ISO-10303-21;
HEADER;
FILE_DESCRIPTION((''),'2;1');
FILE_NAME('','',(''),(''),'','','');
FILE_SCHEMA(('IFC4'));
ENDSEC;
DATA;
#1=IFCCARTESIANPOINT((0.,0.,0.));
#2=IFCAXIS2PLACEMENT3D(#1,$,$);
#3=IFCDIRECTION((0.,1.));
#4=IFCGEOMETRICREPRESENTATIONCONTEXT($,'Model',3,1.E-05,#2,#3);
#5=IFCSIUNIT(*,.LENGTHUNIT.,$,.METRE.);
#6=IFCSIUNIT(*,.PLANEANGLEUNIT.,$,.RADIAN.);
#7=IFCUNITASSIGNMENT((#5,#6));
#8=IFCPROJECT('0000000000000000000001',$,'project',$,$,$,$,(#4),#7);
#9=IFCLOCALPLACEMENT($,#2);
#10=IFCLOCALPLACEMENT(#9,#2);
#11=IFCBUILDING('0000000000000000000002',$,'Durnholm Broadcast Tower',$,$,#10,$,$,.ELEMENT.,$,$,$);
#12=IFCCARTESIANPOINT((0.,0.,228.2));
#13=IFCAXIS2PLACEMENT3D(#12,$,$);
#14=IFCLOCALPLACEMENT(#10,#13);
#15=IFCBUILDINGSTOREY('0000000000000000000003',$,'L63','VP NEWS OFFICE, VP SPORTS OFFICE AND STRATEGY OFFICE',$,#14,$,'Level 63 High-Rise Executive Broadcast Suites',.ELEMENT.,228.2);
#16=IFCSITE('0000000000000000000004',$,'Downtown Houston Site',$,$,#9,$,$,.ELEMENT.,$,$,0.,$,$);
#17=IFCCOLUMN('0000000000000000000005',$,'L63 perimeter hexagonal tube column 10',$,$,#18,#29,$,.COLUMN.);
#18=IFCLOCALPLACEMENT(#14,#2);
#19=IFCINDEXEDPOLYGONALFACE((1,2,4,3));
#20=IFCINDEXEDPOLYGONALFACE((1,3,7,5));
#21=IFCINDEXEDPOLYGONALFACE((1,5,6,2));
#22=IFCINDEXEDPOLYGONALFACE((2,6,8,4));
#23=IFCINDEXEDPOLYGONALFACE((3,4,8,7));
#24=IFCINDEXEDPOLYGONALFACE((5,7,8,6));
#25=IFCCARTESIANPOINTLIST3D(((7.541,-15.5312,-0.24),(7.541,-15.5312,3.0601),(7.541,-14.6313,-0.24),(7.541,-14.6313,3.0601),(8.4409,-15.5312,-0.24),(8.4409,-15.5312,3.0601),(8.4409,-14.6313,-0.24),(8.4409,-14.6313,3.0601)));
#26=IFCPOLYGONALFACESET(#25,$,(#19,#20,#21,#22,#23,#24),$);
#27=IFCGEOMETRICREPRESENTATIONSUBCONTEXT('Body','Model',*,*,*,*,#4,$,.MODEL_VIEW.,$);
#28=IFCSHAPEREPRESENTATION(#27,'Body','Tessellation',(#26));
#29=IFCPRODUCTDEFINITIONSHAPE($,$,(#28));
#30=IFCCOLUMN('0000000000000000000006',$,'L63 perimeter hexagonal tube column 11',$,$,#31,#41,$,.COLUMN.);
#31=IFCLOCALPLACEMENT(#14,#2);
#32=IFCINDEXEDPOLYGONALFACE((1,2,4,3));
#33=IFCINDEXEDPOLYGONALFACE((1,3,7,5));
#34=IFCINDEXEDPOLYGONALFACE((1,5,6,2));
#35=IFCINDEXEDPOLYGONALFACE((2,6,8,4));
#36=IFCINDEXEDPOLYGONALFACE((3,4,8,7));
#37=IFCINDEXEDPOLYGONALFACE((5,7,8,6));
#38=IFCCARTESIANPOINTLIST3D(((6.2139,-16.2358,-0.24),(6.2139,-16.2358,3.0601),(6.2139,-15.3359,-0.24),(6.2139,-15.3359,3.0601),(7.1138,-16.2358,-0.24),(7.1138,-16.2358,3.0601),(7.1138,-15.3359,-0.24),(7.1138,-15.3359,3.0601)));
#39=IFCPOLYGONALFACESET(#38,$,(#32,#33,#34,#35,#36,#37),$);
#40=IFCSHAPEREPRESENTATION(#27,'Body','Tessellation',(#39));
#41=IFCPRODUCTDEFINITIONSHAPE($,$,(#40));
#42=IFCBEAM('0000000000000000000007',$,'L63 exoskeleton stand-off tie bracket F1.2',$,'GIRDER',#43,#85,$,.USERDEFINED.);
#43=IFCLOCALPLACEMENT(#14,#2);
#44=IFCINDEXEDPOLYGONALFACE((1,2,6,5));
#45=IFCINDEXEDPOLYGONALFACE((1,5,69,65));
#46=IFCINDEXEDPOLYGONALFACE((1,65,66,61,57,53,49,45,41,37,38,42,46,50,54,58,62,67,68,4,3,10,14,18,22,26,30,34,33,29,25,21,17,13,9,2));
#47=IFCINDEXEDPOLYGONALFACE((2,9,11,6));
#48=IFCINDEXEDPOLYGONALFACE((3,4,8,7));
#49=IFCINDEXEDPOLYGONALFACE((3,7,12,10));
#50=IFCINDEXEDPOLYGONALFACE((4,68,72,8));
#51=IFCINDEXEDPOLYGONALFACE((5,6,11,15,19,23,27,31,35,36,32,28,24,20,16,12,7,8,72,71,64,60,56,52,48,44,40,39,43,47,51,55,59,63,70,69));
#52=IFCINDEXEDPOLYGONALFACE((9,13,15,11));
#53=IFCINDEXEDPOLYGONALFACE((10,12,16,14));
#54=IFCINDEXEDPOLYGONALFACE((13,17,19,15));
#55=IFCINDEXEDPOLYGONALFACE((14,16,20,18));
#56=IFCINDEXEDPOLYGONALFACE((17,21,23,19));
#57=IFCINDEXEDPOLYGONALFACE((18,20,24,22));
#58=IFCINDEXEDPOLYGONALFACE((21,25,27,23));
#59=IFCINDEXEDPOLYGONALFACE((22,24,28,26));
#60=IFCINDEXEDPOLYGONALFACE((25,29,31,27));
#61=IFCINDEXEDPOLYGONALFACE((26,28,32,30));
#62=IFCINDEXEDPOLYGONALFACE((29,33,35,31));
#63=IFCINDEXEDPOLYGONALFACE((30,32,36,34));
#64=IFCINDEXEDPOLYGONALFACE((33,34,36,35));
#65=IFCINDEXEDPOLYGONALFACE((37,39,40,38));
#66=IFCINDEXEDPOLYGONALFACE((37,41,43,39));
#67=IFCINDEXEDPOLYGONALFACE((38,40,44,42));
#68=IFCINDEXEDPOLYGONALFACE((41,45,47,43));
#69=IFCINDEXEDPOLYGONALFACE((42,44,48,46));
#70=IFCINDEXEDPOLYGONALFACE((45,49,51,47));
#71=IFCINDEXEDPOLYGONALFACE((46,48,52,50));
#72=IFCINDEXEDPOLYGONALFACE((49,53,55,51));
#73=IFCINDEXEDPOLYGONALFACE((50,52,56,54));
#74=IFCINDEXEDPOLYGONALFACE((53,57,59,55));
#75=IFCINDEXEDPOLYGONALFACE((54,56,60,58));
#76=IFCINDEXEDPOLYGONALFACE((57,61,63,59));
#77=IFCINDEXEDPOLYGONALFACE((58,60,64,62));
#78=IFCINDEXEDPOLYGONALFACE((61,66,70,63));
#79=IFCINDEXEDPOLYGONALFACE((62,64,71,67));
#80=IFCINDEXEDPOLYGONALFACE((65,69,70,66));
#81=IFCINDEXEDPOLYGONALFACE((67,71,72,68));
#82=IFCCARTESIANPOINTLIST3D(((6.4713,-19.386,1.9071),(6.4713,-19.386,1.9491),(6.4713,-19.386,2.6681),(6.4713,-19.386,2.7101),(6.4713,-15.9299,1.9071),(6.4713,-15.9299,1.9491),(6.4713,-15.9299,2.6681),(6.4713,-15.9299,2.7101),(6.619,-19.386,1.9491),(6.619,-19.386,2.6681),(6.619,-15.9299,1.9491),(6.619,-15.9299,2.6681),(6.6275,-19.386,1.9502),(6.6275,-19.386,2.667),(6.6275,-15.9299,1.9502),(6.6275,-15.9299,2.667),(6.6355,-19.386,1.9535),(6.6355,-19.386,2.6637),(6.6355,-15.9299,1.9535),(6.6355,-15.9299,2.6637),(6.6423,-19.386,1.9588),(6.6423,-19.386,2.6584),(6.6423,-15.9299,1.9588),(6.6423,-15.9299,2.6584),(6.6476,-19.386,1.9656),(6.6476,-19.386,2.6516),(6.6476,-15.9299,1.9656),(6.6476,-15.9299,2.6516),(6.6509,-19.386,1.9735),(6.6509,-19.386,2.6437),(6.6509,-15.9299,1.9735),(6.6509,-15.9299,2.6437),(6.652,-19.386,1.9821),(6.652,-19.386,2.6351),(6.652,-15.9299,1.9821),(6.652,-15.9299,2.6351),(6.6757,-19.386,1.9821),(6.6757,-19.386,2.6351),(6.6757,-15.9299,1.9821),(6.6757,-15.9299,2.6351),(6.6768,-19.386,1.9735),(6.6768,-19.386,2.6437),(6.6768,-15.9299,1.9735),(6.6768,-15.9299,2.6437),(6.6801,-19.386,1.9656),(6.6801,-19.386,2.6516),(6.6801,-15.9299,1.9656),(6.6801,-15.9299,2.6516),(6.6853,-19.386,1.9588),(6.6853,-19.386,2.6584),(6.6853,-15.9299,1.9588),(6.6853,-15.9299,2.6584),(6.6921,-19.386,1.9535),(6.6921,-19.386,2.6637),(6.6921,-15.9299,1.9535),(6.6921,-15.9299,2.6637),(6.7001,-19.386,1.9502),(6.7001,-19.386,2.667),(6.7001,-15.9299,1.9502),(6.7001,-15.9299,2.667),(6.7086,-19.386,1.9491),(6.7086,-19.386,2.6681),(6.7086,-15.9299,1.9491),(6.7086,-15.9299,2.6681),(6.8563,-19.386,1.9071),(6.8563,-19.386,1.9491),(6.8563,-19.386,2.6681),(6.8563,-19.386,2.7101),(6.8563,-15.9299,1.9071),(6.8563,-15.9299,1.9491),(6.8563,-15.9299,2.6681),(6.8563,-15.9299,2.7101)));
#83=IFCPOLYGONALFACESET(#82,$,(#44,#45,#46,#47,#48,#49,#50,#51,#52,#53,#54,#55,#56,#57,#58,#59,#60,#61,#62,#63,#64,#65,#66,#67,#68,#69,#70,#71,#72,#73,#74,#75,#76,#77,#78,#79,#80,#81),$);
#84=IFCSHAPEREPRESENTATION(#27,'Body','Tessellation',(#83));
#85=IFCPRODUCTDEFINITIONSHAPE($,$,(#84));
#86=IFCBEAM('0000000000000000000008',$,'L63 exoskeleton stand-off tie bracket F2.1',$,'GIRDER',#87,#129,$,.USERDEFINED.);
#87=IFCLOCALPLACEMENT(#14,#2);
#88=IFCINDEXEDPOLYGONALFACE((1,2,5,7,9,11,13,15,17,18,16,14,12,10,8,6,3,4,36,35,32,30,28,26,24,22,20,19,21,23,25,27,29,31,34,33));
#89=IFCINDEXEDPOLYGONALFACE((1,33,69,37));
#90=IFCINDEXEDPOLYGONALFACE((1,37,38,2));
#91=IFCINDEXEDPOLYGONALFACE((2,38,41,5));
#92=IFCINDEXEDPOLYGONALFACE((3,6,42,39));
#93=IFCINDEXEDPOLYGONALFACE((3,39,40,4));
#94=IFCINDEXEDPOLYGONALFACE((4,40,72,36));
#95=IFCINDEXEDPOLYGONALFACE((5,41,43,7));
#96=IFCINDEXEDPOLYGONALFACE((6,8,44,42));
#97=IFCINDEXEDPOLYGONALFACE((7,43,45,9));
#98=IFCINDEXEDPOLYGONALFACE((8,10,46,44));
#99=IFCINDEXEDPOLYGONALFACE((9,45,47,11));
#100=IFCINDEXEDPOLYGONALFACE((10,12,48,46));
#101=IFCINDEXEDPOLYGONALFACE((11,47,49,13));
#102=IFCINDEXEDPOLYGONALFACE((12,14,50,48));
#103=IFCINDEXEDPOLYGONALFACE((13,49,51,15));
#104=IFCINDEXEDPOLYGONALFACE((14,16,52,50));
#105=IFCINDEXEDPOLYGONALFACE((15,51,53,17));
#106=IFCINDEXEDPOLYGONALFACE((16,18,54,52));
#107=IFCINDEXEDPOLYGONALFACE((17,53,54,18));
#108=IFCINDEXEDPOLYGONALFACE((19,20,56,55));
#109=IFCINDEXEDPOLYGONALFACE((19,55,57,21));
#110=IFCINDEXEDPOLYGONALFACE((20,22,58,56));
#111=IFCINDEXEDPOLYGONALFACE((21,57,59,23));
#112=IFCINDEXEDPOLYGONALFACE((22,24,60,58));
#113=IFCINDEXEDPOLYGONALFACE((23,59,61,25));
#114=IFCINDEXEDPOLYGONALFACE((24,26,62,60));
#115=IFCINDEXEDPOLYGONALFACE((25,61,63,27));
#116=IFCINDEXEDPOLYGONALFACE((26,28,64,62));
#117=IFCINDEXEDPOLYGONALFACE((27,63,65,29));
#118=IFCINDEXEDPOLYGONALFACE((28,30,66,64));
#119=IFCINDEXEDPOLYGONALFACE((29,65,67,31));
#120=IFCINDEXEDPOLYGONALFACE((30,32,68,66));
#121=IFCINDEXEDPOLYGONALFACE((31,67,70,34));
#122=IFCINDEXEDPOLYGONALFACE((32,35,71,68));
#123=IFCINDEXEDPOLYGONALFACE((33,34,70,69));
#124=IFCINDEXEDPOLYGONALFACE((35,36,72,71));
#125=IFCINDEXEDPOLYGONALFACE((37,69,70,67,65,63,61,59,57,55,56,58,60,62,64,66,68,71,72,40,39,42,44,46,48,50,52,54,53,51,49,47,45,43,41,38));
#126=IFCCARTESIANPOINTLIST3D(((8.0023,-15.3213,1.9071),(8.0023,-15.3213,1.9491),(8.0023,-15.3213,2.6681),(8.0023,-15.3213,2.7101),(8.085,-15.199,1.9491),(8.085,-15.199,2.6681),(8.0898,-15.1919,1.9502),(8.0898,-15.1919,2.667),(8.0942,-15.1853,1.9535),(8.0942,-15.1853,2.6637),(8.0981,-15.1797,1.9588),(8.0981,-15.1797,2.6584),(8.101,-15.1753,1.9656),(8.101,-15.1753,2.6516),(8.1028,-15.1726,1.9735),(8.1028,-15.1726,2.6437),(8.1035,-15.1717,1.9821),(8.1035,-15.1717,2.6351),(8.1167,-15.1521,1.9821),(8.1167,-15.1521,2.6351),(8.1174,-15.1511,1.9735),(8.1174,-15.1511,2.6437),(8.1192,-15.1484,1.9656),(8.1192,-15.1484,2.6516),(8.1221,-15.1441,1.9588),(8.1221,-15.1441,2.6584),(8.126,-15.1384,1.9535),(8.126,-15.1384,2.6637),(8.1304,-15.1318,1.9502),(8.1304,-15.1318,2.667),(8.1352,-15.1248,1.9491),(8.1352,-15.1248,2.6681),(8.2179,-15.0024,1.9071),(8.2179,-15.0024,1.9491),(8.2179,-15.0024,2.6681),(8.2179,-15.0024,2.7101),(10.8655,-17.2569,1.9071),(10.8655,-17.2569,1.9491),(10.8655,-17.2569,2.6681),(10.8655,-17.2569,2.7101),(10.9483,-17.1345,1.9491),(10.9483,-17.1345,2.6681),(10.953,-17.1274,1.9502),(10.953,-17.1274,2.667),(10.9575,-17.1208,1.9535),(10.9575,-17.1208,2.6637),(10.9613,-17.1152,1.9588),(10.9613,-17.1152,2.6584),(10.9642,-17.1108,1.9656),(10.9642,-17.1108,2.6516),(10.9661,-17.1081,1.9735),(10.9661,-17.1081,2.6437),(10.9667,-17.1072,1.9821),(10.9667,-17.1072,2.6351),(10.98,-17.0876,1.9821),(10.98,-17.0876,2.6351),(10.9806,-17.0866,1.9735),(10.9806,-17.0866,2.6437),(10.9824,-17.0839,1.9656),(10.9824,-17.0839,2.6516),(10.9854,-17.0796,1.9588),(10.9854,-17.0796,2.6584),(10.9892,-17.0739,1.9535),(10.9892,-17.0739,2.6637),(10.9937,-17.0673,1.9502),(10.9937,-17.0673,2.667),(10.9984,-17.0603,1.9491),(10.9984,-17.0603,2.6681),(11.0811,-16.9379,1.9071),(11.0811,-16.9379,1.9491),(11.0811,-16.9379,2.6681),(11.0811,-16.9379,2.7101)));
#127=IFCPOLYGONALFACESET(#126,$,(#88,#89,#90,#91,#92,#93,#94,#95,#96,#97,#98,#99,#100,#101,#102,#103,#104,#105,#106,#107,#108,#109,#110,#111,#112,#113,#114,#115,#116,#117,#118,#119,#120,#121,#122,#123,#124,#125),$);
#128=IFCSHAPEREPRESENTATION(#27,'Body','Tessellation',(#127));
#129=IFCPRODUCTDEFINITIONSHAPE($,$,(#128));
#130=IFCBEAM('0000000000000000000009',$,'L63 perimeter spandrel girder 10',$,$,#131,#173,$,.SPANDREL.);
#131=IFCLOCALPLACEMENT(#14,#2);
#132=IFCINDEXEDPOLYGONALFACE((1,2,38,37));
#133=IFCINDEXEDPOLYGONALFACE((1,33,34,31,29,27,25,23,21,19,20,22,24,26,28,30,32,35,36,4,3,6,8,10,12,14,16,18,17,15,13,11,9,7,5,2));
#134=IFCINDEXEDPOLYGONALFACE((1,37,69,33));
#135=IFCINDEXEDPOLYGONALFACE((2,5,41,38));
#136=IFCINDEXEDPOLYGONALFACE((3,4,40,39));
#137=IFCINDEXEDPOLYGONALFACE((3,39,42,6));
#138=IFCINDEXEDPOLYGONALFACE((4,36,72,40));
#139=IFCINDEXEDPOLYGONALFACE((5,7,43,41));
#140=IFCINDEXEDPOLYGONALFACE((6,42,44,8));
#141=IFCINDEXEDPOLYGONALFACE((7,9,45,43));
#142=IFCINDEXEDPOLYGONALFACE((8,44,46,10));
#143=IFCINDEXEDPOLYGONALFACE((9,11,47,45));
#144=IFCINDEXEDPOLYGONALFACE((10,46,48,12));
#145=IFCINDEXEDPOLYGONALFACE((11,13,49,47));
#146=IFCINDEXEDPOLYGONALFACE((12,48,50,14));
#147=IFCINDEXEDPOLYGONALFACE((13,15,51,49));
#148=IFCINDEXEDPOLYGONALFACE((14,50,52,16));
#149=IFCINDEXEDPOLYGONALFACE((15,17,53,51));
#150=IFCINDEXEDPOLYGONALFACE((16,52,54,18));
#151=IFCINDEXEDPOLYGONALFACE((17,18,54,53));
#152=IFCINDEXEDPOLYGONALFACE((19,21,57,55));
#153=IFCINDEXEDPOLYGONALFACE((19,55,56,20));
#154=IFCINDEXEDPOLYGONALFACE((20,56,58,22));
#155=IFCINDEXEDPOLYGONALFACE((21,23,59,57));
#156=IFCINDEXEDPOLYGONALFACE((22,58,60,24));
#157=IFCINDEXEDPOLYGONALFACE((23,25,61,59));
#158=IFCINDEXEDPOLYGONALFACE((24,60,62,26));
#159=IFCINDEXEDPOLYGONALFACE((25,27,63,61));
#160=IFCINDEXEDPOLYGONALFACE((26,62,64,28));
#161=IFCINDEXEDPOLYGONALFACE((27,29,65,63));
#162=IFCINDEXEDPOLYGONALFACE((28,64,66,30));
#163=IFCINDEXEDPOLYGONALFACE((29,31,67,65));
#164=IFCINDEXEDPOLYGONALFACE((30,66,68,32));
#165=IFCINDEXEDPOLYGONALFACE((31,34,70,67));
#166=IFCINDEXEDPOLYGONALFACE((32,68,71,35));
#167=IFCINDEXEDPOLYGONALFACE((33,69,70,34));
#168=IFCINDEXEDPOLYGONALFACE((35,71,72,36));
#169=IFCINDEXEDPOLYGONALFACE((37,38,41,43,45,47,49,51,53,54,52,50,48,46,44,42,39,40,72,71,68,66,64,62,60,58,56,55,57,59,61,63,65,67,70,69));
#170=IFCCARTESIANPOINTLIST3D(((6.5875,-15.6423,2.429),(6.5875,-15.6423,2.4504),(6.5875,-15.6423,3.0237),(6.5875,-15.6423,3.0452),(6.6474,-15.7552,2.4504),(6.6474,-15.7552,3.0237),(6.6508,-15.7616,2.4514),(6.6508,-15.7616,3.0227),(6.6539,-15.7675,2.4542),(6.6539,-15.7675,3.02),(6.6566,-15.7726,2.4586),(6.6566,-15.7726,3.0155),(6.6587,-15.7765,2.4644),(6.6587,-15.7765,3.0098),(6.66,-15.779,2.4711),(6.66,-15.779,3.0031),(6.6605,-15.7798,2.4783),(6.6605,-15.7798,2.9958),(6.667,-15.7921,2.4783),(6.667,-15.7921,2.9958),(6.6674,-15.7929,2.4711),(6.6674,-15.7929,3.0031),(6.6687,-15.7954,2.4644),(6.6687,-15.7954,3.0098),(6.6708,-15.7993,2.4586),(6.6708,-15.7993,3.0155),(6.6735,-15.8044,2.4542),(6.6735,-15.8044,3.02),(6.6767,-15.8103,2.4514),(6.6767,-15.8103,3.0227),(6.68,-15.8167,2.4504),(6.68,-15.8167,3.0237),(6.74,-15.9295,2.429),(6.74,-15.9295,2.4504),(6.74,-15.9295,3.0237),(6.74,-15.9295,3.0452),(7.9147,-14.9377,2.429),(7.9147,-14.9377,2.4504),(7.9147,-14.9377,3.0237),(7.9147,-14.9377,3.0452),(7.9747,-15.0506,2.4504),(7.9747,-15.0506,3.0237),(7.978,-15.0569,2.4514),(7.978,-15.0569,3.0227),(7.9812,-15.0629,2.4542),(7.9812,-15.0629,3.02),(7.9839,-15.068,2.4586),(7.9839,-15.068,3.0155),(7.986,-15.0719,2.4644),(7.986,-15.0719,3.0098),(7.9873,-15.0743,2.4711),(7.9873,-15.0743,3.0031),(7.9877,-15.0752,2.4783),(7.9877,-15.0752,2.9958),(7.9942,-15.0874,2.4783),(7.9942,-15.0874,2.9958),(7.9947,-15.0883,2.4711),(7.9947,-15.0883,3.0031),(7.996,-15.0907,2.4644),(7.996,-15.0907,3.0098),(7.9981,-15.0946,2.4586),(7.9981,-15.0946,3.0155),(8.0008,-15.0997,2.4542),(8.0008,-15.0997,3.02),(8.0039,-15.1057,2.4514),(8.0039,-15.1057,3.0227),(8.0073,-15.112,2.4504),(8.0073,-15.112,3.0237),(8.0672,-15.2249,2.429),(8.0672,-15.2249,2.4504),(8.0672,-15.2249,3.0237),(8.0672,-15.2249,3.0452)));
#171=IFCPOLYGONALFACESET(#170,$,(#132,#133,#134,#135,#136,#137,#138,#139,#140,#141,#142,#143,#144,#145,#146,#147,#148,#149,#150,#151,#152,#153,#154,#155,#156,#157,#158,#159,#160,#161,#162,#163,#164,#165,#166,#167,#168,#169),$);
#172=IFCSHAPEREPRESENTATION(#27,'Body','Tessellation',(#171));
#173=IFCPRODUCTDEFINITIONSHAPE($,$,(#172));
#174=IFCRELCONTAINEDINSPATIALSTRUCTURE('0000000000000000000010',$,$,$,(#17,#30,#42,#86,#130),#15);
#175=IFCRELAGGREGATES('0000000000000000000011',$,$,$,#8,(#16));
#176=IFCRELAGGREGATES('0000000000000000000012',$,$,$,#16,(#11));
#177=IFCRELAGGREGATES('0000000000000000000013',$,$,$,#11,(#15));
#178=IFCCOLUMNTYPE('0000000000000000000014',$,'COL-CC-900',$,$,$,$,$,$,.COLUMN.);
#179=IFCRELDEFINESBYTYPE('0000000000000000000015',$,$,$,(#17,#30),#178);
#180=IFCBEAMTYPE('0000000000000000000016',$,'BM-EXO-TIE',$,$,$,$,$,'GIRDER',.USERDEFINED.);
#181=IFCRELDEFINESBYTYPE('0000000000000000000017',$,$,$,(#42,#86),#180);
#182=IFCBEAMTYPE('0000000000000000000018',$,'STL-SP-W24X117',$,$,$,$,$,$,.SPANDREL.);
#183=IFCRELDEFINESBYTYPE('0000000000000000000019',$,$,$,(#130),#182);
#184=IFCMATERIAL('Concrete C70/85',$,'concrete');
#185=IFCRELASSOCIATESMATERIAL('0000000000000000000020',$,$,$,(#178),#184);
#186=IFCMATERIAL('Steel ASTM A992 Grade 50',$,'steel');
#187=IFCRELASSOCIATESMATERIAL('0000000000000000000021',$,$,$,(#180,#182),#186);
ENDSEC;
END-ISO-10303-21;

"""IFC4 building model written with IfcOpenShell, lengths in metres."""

from ifc_helpers import new_model, si_unit, direction, frame, origin, origin_2d, place, context, subcontext, project, spatial, rectangle, i_section, extrude, source, transform, mapped, material, material_profile, profile_set, type_object, type_shapes, element, save


model = new_model("IFC4")

# Units and contexts
model_context = context("Model", 3, precision=1e-05, world=origin(), true_north=direction((0.0, 1.0)))
body_context = subcontext(model_context, "Body", "Model", "MODEL_VIEW")
ifc_project = project(units=[si_unit("LENGTHUNIT", "METRE"), si_unit("PLANEANGLEUNIT", "RADIAN")], contexts=[model_context])

# Site, building, storey
site_placement = place(None, origin())
site = spatial("IfcSite", under=ifc_project, at=site_placement, Name="Downtown Houston Site", CompositionType="ELEMENT", RefElevation=0.0)
building_placement = place(site_placement, origin())
building = spatial("IfcBuilding", under=site, at=building_placement, Name="Durnholm Broadcast Tower", CompositionType="ELEMENT")
storey_placement = place(building_placement, frame((0.0, 0.0, 228.2)))
storey = spatial("IfcBuildingStorey", under=building, at=storey_placement, Name="L63", Description="VP NEWS OFFICE, VP SPORTS OFFICE AND STRATEGY OFFICE", LongName="Level 63 High-Rise Executive Broadcast Suites", CompositionType="ELEMENT", Elevation=228.2)

# Columns
ifc_material_1 = material(Name="Concrete C70/85", Category="concrete")
ifc_material_profile_1 = material_profile(ifc_material_1, rectangle(XDim=0.8999, YDim=0.8999, at=origin_2d()), Name="RC900X900")
ifc_profile_set_1 = profile_set([ifc_material_profile_1], Name="Concrete C70/85")
column_type = type_object("IfcColumnType", Name="COL-CC-900", PredefinedType="COLUMN", material=ifc_profile_set_1)
shared_shape_1 = source(origin(), body_context, "Body", "SweptSolid", [
    extrude(rectangle(XDim=0.8999, YDim=0.8999, at=origin_2d()), origin(), (0.0, 0.0, 1.0), 3.3),
])
type_shapes(column_type, [shared_shape_1])
for number, where, z_axis, x_axis, name in (
    (1, (7.991, -15.0813, -0.24), (0.0, 0.0, 1.0), (1.0, 0.0, 0.0), "L63 perimeter hexagonal tube column 10"),
    (2, (6.6638, -15.7859, -0.24), (0.0, 0.0, 1.0), (1.0, 0.0, 0.0), "L63 perimeter hexagonal tube column 11"),
):
    element("IfcColumn", number, at=place(storey_placement, frame(where, z_axis=z_axis, x_axis=x_axis)), inside=storey, type_object=column_type, Name=name, PredefinedType="COLUMN", context=body_context, shape_type="MappedRepresentation", body=[
        mapped(shared_shape_1, transform((0.0, 0.0, 0.0), x_axis=(1.0, 0.0, 0.0), y_axis=(0.0, 1.0, 0.0), z_axis=(0.0, 0.0, 1.0), scale=1.0)),
    ])

# Beams
ifc_material_2 = material(Name="Steel ASTM A992 Grade 50", Category="steel")
ifc_material_profile_2 = material_profile(ifc_material_2, i_section(OverallWidth=0.385, OverallDepth=0.803, WebThickness=0.0237, FlangeThickness=0.042, FilletRadius=0.033, at=origin_2d()), Name="W30X261")
ifc_profile_set_2 = profile_set([ifc_material_profile_2], Name="Steel ASTM A992 Grade 50")
beam_type_1 = type_object("IfcBeamType", Name="BM-EXO-TIE", ElementType="GIRDER", PredefinedType="USERDEFINED", material=ifc_profile_set_2)
shared_shape_2 = source(origin(), body_context, "Body", "SweptSolid", [
    extrude(i_section(OverallWidth=0.385, OverallDepth=0.803, WebThickness=0.0237, FlangeThickness=0.042, FilletRadius=0.033, at=origin_2d()), origin(), (0.0, 0.0, 1.0), 3.4561),
])
for number, where, z_axis, x_axis, name in (
    (3, (6.6638, -15.9299, 2.3086), (0.0, -1.0, 0.0), (1.0, 0.0, 0.0), "L63 exoskeleton stand-off tie bracket F1.2"),
    (4, (8.1101, -15.1619, 2.3086), (0.828468, -0.560036, 0.0), (0.560036, 0.828468, 0.0), "L63 exoskeleton stand-off tie bracket F2.1"),
):
    element("IfcBeam", number, at=place(storey_placement, frame(where, z_axis=z_axis, x_axis=x_axis)), inside=storey, type_object=beam_type_1, Name=name, ObjectType="GIRDER", PredefinedType="USERDEFINED", context=body_context, shape_type="MappedRepresentation", body=[
        mapped(shared_shape_2, transform((0.0, 0.0, 0.0), x_axis=(1.0, 0.0, 0.0), y_axis=(0.0, 1.0, 0.0), z_axis=(0.0, 0.0, 1.0), scale=1.0)),
    ])
ifc_material_profile_3 = material_profile(ifc_material_2, i_section(OverallWidth=0.3252, OverallDepth=0.6162, WebThickness=0.0139, FlangeThickness=0.0215, FilletRadius=0.0278, at=origin_2d()), Name="W24X117")
ifc_profile_set_3 = profile_set([ifc_material_profile_3], Name="Steel ASTM A992 Grade 50")
beam_type_2 = type_object("IfcBeamType", Name="STL-SP-W24X117", PredefinedType="SPANDREL", material=ifc_profile_set_3)
shared_shape_3 = source(origin(), body_context, "Body", "SweptSolid", [
    extrude(i_section(OverallWidth=0.3252, OverallDepth=0.6162, WebThickness=0.0139, FlangeThickness=0.0215, FilletRadius=0.0278, at=origin_2d()), origin(), (0.0, 0.0, 1.0), 1.5027),
])
beam_1_placement = place(storey_placement, frame((7.991, -15.0813, 2.7371), z_axis=(-0.883242, -0.468918, 0.0), x_axis=(0.468918, -0.883242, 0.0)))
element("IfcBeam", 5, at=beam_1_placement, inside=storey, type_object=beam_type_2, Name="L63 perimeter spandrel girder 10", PredefinedType="SPANDREL", context=body_context, shape_type="MappedRepresentation", body=[
    mapped(shared_shape_3, transform((0.0, 0.0, 0.0), x_axis=(1.0, 0.0, 0.0), y_axis=(0.0, 1.0, 0.0), z_axis=(0.0, 0.0, 1.0), scale=1.0)),
])

save(model, "model.ifc")
